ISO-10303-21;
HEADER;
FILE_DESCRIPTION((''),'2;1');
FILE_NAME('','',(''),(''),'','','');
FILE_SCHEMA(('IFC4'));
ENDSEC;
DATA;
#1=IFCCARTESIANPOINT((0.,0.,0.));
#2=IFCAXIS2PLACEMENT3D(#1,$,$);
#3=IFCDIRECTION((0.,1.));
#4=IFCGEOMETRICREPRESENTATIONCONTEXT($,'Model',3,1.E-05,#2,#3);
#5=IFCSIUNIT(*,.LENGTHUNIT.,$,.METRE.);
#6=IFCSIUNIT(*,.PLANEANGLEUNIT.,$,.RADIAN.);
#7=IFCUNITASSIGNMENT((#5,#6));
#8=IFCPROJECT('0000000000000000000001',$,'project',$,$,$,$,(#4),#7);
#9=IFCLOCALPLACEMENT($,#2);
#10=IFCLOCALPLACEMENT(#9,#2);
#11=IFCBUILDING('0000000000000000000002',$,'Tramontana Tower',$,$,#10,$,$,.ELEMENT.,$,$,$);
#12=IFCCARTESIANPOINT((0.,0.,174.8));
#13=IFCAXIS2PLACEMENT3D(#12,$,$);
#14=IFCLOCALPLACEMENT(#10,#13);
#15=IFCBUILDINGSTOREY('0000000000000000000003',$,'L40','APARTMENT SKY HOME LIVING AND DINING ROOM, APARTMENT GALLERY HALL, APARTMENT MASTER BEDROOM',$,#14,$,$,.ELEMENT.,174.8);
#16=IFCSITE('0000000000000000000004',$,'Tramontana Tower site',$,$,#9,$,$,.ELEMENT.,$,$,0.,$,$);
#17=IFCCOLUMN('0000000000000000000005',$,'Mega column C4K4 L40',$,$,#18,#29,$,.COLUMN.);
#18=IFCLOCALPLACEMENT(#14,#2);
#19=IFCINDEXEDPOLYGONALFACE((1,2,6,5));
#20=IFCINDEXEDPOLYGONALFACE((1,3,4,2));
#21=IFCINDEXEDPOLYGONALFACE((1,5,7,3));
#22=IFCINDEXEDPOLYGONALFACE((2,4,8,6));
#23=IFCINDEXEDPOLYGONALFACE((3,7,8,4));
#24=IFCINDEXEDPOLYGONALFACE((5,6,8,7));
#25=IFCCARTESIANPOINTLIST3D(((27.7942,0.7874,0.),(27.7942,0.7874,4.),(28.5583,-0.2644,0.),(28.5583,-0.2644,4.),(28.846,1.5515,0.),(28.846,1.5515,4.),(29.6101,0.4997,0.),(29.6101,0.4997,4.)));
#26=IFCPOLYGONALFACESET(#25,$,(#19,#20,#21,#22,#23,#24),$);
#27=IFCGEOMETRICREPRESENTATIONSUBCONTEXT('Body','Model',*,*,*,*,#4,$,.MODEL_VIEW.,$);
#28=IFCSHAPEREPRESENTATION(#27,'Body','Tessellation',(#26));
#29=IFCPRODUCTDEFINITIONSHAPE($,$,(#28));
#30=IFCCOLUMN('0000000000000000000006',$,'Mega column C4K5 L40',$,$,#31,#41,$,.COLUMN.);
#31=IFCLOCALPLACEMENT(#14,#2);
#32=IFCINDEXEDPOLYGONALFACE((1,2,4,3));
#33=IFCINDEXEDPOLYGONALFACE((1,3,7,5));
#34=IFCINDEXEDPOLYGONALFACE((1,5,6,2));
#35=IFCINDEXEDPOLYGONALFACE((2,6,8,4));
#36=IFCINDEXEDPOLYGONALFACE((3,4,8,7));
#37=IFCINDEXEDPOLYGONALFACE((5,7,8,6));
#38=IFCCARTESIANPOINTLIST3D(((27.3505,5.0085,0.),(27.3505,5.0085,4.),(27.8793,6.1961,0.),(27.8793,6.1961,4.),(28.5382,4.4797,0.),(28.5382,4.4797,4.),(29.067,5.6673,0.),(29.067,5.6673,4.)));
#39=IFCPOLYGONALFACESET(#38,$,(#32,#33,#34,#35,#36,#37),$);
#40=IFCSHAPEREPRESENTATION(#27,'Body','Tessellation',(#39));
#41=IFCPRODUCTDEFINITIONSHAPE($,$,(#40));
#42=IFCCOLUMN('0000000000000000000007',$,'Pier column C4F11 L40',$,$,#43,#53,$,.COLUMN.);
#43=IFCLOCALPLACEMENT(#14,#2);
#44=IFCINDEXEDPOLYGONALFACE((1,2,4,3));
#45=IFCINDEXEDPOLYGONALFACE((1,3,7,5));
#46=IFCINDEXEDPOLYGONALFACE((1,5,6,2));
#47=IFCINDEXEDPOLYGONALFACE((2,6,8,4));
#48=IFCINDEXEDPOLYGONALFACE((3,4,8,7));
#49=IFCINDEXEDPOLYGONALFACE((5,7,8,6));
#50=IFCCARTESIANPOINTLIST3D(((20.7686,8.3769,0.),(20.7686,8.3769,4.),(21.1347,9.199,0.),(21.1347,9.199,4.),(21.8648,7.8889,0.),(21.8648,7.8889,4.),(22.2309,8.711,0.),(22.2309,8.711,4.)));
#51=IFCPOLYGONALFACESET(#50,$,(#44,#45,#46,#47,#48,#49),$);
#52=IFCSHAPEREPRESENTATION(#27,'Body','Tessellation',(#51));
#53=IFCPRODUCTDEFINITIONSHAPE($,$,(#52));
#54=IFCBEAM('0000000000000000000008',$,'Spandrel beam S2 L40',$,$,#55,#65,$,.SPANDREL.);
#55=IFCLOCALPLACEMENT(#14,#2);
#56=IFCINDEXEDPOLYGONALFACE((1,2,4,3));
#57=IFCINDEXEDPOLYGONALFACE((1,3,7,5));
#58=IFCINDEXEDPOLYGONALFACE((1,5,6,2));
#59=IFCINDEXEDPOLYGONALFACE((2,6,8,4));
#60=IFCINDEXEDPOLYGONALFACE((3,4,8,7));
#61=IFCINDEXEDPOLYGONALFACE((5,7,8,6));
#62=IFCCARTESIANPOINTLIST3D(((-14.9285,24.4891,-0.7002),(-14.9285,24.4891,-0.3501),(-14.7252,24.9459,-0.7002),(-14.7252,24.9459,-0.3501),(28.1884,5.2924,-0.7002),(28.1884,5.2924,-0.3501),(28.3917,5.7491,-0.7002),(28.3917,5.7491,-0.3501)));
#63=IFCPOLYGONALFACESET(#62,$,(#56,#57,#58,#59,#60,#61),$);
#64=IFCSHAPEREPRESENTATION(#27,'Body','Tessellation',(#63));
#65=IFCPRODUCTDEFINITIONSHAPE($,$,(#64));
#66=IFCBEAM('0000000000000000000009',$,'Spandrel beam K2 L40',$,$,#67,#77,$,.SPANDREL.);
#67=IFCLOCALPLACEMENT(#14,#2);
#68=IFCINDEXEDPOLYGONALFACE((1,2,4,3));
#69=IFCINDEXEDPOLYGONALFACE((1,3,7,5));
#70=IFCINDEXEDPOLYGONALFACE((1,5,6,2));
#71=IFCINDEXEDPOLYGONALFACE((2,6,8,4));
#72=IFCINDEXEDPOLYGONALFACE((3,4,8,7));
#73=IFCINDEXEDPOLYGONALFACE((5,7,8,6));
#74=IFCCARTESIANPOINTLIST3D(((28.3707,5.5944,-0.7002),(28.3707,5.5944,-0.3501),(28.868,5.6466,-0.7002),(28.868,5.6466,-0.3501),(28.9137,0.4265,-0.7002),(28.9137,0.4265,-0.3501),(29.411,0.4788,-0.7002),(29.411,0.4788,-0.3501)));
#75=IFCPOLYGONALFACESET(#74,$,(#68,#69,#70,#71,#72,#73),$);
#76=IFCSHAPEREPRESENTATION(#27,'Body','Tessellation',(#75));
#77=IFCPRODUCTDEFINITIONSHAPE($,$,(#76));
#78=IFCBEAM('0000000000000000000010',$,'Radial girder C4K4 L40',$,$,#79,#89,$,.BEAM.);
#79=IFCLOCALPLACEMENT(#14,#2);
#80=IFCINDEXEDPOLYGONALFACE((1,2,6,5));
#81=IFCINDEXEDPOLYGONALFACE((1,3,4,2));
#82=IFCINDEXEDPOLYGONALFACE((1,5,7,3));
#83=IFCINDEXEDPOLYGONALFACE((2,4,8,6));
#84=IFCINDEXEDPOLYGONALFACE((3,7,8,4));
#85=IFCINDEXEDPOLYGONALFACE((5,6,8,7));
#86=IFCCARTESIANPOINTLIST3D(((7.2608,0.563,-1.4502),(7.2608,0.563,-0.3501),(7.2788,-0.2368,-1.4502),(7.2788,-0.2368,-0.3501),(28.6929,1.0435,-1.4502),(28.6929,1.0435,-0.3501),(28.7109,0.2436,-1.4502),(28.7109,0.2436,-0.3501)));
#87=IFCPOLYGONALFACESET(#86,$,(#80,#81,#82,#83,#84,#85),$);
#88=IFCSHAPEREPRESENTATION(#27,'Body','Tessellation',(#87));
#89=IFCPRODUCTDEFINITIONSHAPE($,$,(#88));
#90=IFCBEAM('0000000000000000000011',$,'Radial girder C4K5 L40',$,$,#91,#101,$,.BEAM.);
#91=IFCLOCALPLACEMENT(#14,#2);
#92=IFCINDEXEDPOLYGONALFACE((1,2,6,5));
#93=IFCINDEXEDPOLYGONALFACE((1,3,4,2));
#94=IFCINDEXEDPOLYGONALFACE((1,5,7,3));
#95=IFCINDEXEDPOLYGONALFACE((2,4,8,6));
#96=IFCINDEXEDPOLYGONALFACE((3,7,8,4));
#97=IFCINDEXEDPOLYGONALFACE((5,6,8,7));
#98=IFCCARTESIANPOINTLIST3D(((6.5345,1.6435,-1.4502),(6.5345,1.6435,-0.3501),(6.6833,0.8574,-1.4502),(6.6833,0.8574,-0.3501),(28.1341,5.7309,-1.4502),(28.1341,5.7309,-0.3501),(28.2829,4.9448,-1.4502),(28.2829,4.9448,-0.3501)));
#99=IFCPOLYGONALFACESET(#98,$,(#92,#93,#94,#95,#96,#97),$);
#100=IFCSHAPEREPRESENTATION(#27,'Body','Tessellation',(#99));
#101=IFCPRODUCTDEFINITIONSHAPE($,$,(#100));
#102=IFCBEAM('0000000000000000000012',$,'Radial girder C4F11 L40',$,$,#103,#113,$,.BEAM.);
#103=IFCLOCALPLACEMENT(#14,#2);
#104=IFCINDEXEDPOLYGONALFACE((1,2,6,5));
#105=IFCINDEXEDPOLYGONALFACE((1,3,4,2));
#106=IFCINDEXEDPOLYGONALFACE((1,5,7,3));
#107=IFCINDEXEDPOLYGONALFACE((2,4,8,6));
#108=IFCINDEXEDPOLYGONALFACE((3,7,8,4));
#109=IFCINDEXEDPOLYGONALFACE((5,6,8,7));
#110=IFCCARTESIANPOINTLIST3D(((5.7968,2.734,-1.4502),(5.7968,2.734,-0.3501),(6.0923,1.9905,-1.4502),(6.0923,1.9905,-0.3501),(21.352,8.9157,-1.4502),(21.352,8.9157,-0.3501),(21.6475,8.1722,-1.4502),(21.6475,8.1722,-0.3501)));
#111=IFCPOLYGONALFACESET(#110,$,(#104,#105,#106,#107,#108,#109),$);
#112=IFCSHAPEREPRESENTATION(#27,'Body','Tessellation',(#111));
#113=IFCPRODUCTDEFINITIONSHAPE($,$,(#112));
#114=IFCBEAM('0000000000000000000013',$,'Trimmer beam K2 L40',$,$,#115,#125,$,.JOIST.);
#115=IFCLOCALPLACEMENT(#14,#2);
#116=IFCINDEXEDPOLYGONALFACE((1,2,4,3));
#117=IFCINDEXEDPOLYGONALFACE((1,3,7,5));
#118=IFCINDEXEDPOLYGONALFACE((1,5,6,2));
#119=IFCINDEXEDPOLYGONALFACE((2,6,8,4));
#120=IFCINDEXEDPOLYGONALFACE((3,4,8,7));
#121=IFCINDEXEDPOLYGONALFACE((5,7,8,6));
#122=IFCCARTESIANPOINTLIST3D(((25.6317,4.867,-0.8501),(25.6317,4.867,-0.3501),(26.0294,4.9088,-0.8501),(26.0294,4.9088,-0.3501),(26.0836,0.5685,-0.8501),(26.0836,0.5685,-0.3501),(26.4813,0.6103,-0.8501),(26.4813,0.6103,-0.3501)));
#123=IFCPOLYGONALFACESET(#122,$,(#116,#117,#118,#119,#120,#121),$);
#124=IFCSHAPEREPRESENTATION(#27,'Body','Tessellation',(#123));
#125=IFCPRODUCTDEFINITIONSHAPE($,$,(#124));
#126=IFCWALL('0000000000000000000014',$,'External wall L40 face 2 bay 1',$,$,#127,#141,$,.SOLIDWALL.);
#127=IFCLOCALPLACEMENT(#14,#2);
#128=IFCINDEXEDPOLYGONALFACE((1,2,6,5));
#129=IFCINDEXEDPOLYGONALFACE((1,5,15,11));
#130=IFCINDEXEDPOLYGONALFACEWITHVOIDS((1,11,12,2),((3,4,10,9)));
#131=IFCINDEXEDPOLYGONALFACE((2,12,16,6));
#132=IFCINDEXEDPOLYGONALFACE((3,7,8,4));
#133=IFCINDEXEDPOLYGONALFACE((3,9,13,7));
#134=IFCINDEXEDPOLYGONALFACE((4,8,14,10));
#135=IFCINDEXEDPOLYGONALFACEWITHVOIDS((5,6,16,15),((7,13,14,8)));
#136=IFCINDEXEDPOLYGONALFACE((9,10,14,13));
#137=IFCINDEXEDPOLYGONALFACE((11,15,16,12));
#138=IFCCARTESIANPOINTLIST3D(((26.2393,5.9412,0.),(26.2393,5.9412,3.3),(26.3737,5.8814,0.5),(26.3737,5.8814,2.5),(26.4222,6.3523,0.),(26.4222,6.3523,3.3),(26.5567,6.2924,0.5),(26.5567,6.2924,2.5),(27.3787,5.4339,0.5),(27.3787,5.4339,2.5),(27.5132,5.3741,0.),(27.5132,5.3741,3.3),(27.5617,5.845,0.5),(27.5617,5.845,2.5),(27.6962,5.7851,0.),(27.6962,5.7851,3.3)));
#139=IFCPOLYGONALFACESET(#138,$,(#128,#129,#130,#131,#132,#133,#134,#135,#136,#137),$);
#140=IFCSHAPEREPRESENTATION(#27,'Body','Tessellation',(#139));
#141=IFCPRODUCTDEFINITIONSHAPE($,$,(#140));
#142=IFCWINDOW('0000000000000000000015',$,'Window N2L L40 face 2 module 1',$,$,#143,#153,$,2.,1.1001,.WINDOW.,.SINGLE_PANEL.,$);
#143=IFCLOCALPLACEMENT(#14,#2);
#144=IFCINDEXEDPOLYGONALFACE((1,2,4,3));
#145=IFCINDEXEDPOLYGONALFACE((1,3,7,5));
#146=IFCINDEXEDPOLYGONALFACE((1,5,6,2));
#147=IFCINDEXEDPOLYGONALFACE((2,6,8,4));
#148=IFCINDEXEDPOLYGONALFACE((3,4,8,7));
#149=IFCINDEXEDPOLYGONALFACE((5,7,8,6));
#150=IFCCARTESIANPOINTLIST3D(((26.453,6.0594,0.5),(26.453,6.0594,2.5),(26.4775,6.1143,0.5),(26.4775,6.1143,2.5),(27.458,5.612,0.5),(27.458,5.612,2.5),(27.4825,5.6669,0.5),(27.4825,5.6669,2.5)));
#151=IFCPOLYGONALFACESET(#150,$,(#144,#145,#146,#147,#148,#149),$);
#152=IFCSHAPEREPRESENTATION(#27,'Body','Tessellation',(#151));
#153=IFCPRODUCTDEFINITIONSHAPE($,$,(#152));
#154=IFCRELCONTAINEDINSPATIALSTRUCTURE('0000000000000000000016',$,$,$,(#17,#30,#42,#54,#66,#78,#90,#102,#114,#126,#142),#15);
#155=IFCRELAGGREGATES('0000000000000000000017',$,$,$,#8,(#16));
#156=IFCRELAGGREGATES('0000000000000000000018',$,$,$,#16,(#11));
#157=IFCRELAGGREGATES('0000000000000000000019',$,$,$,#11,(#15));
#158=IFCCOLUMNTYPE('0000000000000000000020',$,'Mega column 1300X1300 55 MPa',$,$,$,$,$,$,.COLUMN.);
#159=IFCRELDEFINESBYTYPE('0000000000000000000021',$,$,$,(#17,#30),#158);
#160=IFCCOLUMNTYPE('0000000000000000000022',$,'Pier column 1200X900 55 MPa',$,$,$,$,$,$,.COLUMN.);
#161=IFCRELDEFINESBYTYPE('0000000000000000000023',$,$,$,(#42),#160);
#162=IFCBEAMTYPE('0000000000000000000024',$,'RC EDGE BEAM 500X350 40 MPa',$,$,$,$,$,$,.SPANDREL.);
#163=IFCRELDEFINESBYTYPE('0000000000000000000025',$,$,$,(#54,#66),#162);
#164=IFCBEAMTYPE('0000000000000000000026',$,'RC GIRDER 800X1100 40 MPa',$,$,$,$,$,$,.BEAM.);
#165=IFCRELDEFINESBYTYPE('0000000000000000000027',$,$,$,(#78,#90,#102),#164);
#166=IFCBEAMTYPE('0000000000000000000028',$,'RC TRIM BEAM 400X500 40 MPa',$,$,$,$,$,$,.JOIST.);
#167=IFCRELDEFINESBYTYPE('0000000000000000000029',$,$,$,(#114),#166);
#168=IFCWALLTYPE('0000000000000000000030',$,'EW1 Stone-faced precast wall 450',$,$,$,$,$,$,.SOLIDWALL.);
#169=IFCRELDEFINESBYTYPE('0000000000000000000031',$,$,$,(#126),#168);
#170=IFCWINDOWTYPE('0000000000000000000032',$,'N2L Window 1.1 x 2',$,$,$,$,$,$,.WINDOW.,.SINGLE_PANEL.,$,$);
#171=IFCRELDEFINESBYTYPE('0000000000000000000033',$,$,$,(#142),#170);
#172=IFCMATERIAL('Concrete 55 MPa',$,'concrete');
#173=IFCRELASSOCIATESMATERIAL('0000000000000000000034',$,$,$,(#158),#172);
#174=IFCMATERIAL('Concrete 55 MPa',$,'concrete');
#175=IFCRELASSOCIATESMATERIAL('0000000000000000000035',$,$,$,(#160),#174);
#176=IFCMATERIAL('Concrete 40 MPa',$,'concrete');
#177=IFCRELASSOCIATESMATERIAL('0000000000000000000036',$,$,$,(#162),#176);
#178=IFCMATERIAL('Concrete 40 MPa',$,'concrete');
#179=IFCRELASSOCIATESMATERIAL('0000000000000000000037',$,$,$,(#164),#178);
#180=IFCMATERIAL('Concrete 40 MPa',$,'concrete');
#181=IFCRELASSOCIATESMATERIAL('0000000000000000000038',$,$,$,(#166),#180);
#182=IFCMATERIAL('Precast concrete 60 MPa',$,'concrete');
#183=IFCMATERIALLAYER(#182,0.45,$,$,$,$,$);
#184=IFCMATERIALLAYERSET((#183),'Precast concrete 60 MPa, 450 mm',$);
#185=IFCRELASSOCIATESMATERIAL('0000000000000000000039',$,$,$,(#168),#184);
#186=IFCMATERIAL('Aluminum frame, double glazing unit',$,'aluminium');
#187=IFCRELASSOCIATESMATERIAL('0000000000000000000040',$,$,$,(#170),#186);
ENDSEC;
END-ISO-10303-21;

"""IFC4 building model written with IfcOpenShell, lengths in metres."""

from ifc_helpers import new_model, si_unit, direction, frame, frame_2d, origin, origin_2d, place, context, subcontext, project, spatial, rectangle, extrude, material, layer, layer_set, material_profile, profile_set, type_object, element, fill, save


model = new_model("IFC4")

# Units and contexts
model_context = context("Model", 3, precision=1e-05, world=origin(), true_north=direction((0.0, 1.0)))
body_context = subcontext(model_context, "Body", "Model", "MODEL_VIEW")
ifc_project = project(units=[si_unit("LENGTHUNIT", "METRE"), si_unit("PLANEANGLEUNIT", "RADIAN")], contexts=[model_context])

# Site, building, storey
site_placement = place(None, origin())
site = spatial("IfcSite", under=ifc_project, at=site_placement, Name="Tramontana Tower site", CompositionType="ELEMENT", RefElevation=0.0)
building_placement = place(site_placement, origin())
building = spatial("IfcBuilding", under=site, at=building_placement, Name="Tramontana Tower", CompositionType="ELEMENT")
storey_placement = place(building_placement, frame((0.0, 0.0, 174.8)))
storey = spatial("IfcBuildingStorey", under=building, at=storey_placement, Name="L40", Description="APARTMENT SKY HOME LIVING AND DINING ROOM, APARTMENT GALLERY HALL, APARTMENT MASTER BEDROOM", CompositionType="ELEMENT", Elevation=174.8)

# Columns
ifc_material_1 = material(Name="Concrete 55 MPa", Category="concrete")
ifc_material_profile_1 = material_profile(ifc_material_1, rectangle(XDim=1.3, YDim=1.3, at=origin_2d()), Name="Mega column 1300X1300 55 MPa")
ifc_profile_set_1 = profile_set([ifc_material_profile_1], Name="Concrete 55 MPa")
column_type_1 = type_object("IfcColumnType", Name="Mega column 1300X1300 55 MPa", PredefinedType="COLUMN", material=ifc_profile_set_1)
for number, where, z_axis, x_axis, name in (
    (1, (28.7021, 0.6436, 0.0), (0.0, 0.0, 1.0), (0.809017, 0.587785, 0.0), "Mega column C4K4 L40"),
    (2, (28.2087, 5.3379, 0.0), (0.0, 0.0, 1.0), (-0.913545, 0.406737, 0.0), "Mega column C4K5 L40"),
):
    element("IfcColumn", number, at=place(storey_placement, frame(where, z_axis=z_axis, x_axis=x_axis)), inside=storey, type_object=column_type_1, Name=name, PredefinedType="COLUMN", context=body_context, shape_type="SweptSolid", body=[
        extrude(rectangle(XDim=1.3, YDim=1.3, at=origin_2d()), origin(), (0.0, 0.0, 1.0), 4.0),
    ])
ifc_material_2 = material(Name="Concrete 55 MPa", Category="concrete")
ifc_material_profile_2 = material_profile(ifc_material_2, rectangle(XDim=1.2, YDim=0.8999, at=origin_2d()), Name="Pier column 1200X900 55 MPa")
ifc_profile_set_2 = profile_set([ifc_material_profile_2], Name="Concrete 55 MPa")
column_type_2 = type_object("IfcColumnType", Name="Pier column 1200X900 55 MPa", PredefinedType="COLUMN", material=ifc_profile_set_2)
column_placement = place(storey_placement, frame((21.4998, 8.5439, 0.0), z_axis=(0.0, 0.0, 1.0), x_axis=(-0.913545, 0.406737, 0.0)))
element("IfcColumn", 3, at=column_placement, inside=storey, type_object=column_type_2, Name="Pier column C4F11 L40", PredefinedType="COLUMN", context=body_context, shape_type="SweptSolid", body=[
    extrude(rectangle(XDim=1.2, YDim=0.8999, at=origin_2d()), origin(), (0.0, 0.0, 1.0), 4.0),
])

# Beams
ifc_material_3 = material(Name="Concrete 40 MPa", Category="concrete")
ifc_material_profile_3 = material_profile(ifc_material_3, rectangle(XDim=0.5, YDim=0.3501, at=origin_2d()), Name="RC EDGE BEAM 500X350 40 MPa")
ifc_profile_set_3 = profile_set([ifc_material_profile_3], Name="Concrete 40 MPa")
beam_type_1 = type_object("IfcBeamType", Name="RC EDGE BEAM 500X350 40 MPa", PredefinedType="SPANDREL", material=ifc_profile_set_3)
beam_1_placement = place(storey_placement, frame((28.29, 5.5208, -0.5251), z_axis=(-0.913546, 0.406734, 0.0), x_axis=(-0.406734, -0.913546, 0.0)))
element("IfcBeam", 4, at=beam_1_placement, inside=storey, type_object=beam_type_1, Name="Spandrel beam S2 L40", PredefinedType="SPANDREL", context=body_context, shape_type="SweptSolid", body=[
    extrude(rectangle(XDim=0.5, YDim=0.3501, at=origin_2d()), origin(), (0.0, 0.0, 1.0), 47.1973),
])
beam_2_placement = place(storey_placement, frame((29.1624, 0.4526, -0.5251), z_axis=(-0.104494, 0.994526, 0.0), x_axis=(-0.994526, -0.104494, 0.0)))
element("IfcBeam", 5, at=beam_2_placement, inside=storey, type_object=beam_type_1, Name="Spandrel beam K2 L40", PredefinedType="SPANDREL", context=body_context, shape_type="SweptSolid", body=[
    extrude(rectangle(XDim=0.5, YDim=0.3501, at=origin_2d()), origin(), (0.0, 0.0, 1.0), 5.1963),
])
ifc_material_4 = material(Name="Concrete 40 MPa", Category="concrete")
ifc_material_profile_4 = material_profile(ifc_material_4, rectangle(XDim=0.8, YDim=1.1001, at=origin_2d()), Name="RC GIRDER 800X1100 40 MPa")
ifc_profile_set_4 = profile_set([ifc_material_profile_4], Name="Concrete 40 MPa")
beam_type_2 = type_object("IfcBeamType", Name="RC GIRDER 800X1100 40 MPa", PredefinedType="BEAM", material=ifc_profile_set_4)
beam_3_placement = place(storey_placement, frame((28.7019, 0.6436, -0.9001), z_axis=(-0.999749, -0.022413, 0.0), x_axis=(0.022413, -0.999749, 0.0)))
element("IfcBeam", 6, at=beam_3_placement, inside=storey, type_object=beam_type_2, Name="Radial girder C4K4 L40", PredefinedType="BEAM", context=body_context, shape_type="SweptSolid", body=[
    extrude(rectangle(XDim=0.8, YDim=1.1001, at=origin_2d()), origin(), (0.0, 0.0, 1.0), 21.4375),
])
beam_4_placement = place(storey_placement, frame((28.2085, 5.3379, -0.9001), z_axis=(-0.982562, -0.185935, 0.0), x_axis=(0.185935, -0.982562, 0.0)))
element("IfcBeam", 7, at=beam_4_placement, inside=storey, type_object=beam_type_2, Name="Radial girder C4K5 L40", PredefinedType="BEAM", context=body_context, shape_type="SweptSolid", body=[
    extrude(rectangle(XDim=0.8, YDim=1.1001, at=origin_2d()), origin(), (0.0, 0.0, 1.0), 21.9829),
])
beam_5_placement = place(storey_placement, frame((21.4998, 8.5439, -0.9001), z_axis=(-0.929307, -0.369308, 0.0), x_axis=(0.369308, -0.929307, 0.0)))
element("IfcBeam", 8, at=beam_5_placement, inside=storey, type_object=beam_type_2, Name="Radial girder C4F11 L40", PredefinedType="BEAM", context=body_context, shape_type="SweptSolid", body=[
    extrude(rectangle(XDim=0.8, YDim=1.1001, at=origin_2d()), origin(), (0.0, 0.0, 1.0), 16.7385),
])
ifc_material_5 = material(Name="Concrete 40 MPa", Category="concrete")
ifc_material_profile_5 = material_profile(ifc_material_5, rectangle(XDim=0.3999, YDim=0.5, at=origin_2d()), Name="RC TRIM BEAM 400X500 40 MPa")
ifc_profile_set_5 = profile_set([ifc_material_profile_5], Name="Concrete 40 MPa")
beam_type_3 = type_object("IfcBeamType", Name="RC TRIM BEAM 400X500 40 MPa", PredefinedType="JOIST", material=ifc_profile_set_5)
beam_6_placement = place(storey_placement, frame((26.2825, 0.5894, -0.6001), z_axis=(-0.104552, 0.994519, 0.0), x_axis=(-0.994519, -0.104552, 0.0)))
element("IfcBeam", 9, at=beam_6_placement, inside=storey, type_object=beam_type_3, Name="Trimmer beam K2 L40", PredefinedType="JOIST", context=body_context, shape_type="SweptSolid", body=[
    extrude(rectangle(XDim=0.3999, YDim=0.5, at=origin_2d()), origin(), (0.0, 0.0, 1.0), 4.3223),
])

# Wall, opening, window
ifc_material_6 = material(Name="Precast concrete 60 MPa", Category="concrete")
ifc_layer_1 = layer(ifc_material_6, 0.45)
ifc_layer_set_1 = layer_set([ifc_layer_1], Name="Precast concrete 60 MPa, 450 mm")
wall_type_1 = type_object("IfcWallType", Name="EW1 Stone-faced precast wall 450", PredefinedType="SOLIDWALL", material=ifc_layer_set_1)
wall_1_placement = place(storey_placement, frame((27.6047, 5.5796, 0.0), z_axis=(0.0, 0.0, 1.0), x_axis=(-0.913559, 0.406707, 0.0)))
wall_1 = element("IfcWall", 10, at=wall_1_placement, inside=storey, type_object=wall_type_1, Name="External wall L40 face 2 bay 1", PredefinedType="SOLIDWALL", context=body_context, shape_type="SweptSolid", body=[
    extrude(rectangle(XDim=1.3945, YDim=0.45, at=frame_2d((0.6973, 0.0))), origin(), (0.0, 0.0, 1.0), 3.3),
])
opening_1_placement = place(wall_1_placement, frame((0.1472, 0.0, 0.5)))
opening_1 = element("IfcOpeningElement", 11, at=opening_1_placement, cuts=wall_1, PredefinedType="OPENING", context=body_context, shape_type="SweptSolid", body=[
    extrude(rectangle(XDim=1.1001, YDim=2.0, at=frame_2d((0.55, 1.0))), frame((0.0, 0.2349, 0.0), z_axis=(0.0, -1.0, 0.0), x_axis=(1.0, 0.0, 0.0)), (0.0, 0.0, 1.0), 0.47),
])
ifc_material_7 = material(Name="Aluminum frame, double glazing unit", Category="aluminium")
window_type_1 = type_object("IfcWindowType", Name="N2L Window 1.1 x 2", PartitioningType="SINGLE_PANEL", PredefinedType="WINDOW", material=ifc_material_7)
window_1_placement = place(opening_1_placement, origin())
window_1 = element("IfcWindow", 12, at=window_1_placement, inside=storey, type_object=window_type_1, Name="Window N2L L40 face 2 module 1", OverallHeight=2.0, OverallWidth=1.1001, PartitioningType="SINGLE_PANEL", PredefinedType="WINDOW", context=body_context, shape_type="SweptSolid", body=[
    extrude(rectangle(XDim=1.1001, YDim=2.0, at=frame_2d((0.55, 1.0))), frame((0.0, 0.03, 0.0), z_axis=(0.0, -1.0, 0.0), x_axis=(1.0, 0.0, 0.0)), (0.0, 0.0, 1.0), 0.0601),
])
fill(opening_1, window_1)

save(model, "model.ifc")
